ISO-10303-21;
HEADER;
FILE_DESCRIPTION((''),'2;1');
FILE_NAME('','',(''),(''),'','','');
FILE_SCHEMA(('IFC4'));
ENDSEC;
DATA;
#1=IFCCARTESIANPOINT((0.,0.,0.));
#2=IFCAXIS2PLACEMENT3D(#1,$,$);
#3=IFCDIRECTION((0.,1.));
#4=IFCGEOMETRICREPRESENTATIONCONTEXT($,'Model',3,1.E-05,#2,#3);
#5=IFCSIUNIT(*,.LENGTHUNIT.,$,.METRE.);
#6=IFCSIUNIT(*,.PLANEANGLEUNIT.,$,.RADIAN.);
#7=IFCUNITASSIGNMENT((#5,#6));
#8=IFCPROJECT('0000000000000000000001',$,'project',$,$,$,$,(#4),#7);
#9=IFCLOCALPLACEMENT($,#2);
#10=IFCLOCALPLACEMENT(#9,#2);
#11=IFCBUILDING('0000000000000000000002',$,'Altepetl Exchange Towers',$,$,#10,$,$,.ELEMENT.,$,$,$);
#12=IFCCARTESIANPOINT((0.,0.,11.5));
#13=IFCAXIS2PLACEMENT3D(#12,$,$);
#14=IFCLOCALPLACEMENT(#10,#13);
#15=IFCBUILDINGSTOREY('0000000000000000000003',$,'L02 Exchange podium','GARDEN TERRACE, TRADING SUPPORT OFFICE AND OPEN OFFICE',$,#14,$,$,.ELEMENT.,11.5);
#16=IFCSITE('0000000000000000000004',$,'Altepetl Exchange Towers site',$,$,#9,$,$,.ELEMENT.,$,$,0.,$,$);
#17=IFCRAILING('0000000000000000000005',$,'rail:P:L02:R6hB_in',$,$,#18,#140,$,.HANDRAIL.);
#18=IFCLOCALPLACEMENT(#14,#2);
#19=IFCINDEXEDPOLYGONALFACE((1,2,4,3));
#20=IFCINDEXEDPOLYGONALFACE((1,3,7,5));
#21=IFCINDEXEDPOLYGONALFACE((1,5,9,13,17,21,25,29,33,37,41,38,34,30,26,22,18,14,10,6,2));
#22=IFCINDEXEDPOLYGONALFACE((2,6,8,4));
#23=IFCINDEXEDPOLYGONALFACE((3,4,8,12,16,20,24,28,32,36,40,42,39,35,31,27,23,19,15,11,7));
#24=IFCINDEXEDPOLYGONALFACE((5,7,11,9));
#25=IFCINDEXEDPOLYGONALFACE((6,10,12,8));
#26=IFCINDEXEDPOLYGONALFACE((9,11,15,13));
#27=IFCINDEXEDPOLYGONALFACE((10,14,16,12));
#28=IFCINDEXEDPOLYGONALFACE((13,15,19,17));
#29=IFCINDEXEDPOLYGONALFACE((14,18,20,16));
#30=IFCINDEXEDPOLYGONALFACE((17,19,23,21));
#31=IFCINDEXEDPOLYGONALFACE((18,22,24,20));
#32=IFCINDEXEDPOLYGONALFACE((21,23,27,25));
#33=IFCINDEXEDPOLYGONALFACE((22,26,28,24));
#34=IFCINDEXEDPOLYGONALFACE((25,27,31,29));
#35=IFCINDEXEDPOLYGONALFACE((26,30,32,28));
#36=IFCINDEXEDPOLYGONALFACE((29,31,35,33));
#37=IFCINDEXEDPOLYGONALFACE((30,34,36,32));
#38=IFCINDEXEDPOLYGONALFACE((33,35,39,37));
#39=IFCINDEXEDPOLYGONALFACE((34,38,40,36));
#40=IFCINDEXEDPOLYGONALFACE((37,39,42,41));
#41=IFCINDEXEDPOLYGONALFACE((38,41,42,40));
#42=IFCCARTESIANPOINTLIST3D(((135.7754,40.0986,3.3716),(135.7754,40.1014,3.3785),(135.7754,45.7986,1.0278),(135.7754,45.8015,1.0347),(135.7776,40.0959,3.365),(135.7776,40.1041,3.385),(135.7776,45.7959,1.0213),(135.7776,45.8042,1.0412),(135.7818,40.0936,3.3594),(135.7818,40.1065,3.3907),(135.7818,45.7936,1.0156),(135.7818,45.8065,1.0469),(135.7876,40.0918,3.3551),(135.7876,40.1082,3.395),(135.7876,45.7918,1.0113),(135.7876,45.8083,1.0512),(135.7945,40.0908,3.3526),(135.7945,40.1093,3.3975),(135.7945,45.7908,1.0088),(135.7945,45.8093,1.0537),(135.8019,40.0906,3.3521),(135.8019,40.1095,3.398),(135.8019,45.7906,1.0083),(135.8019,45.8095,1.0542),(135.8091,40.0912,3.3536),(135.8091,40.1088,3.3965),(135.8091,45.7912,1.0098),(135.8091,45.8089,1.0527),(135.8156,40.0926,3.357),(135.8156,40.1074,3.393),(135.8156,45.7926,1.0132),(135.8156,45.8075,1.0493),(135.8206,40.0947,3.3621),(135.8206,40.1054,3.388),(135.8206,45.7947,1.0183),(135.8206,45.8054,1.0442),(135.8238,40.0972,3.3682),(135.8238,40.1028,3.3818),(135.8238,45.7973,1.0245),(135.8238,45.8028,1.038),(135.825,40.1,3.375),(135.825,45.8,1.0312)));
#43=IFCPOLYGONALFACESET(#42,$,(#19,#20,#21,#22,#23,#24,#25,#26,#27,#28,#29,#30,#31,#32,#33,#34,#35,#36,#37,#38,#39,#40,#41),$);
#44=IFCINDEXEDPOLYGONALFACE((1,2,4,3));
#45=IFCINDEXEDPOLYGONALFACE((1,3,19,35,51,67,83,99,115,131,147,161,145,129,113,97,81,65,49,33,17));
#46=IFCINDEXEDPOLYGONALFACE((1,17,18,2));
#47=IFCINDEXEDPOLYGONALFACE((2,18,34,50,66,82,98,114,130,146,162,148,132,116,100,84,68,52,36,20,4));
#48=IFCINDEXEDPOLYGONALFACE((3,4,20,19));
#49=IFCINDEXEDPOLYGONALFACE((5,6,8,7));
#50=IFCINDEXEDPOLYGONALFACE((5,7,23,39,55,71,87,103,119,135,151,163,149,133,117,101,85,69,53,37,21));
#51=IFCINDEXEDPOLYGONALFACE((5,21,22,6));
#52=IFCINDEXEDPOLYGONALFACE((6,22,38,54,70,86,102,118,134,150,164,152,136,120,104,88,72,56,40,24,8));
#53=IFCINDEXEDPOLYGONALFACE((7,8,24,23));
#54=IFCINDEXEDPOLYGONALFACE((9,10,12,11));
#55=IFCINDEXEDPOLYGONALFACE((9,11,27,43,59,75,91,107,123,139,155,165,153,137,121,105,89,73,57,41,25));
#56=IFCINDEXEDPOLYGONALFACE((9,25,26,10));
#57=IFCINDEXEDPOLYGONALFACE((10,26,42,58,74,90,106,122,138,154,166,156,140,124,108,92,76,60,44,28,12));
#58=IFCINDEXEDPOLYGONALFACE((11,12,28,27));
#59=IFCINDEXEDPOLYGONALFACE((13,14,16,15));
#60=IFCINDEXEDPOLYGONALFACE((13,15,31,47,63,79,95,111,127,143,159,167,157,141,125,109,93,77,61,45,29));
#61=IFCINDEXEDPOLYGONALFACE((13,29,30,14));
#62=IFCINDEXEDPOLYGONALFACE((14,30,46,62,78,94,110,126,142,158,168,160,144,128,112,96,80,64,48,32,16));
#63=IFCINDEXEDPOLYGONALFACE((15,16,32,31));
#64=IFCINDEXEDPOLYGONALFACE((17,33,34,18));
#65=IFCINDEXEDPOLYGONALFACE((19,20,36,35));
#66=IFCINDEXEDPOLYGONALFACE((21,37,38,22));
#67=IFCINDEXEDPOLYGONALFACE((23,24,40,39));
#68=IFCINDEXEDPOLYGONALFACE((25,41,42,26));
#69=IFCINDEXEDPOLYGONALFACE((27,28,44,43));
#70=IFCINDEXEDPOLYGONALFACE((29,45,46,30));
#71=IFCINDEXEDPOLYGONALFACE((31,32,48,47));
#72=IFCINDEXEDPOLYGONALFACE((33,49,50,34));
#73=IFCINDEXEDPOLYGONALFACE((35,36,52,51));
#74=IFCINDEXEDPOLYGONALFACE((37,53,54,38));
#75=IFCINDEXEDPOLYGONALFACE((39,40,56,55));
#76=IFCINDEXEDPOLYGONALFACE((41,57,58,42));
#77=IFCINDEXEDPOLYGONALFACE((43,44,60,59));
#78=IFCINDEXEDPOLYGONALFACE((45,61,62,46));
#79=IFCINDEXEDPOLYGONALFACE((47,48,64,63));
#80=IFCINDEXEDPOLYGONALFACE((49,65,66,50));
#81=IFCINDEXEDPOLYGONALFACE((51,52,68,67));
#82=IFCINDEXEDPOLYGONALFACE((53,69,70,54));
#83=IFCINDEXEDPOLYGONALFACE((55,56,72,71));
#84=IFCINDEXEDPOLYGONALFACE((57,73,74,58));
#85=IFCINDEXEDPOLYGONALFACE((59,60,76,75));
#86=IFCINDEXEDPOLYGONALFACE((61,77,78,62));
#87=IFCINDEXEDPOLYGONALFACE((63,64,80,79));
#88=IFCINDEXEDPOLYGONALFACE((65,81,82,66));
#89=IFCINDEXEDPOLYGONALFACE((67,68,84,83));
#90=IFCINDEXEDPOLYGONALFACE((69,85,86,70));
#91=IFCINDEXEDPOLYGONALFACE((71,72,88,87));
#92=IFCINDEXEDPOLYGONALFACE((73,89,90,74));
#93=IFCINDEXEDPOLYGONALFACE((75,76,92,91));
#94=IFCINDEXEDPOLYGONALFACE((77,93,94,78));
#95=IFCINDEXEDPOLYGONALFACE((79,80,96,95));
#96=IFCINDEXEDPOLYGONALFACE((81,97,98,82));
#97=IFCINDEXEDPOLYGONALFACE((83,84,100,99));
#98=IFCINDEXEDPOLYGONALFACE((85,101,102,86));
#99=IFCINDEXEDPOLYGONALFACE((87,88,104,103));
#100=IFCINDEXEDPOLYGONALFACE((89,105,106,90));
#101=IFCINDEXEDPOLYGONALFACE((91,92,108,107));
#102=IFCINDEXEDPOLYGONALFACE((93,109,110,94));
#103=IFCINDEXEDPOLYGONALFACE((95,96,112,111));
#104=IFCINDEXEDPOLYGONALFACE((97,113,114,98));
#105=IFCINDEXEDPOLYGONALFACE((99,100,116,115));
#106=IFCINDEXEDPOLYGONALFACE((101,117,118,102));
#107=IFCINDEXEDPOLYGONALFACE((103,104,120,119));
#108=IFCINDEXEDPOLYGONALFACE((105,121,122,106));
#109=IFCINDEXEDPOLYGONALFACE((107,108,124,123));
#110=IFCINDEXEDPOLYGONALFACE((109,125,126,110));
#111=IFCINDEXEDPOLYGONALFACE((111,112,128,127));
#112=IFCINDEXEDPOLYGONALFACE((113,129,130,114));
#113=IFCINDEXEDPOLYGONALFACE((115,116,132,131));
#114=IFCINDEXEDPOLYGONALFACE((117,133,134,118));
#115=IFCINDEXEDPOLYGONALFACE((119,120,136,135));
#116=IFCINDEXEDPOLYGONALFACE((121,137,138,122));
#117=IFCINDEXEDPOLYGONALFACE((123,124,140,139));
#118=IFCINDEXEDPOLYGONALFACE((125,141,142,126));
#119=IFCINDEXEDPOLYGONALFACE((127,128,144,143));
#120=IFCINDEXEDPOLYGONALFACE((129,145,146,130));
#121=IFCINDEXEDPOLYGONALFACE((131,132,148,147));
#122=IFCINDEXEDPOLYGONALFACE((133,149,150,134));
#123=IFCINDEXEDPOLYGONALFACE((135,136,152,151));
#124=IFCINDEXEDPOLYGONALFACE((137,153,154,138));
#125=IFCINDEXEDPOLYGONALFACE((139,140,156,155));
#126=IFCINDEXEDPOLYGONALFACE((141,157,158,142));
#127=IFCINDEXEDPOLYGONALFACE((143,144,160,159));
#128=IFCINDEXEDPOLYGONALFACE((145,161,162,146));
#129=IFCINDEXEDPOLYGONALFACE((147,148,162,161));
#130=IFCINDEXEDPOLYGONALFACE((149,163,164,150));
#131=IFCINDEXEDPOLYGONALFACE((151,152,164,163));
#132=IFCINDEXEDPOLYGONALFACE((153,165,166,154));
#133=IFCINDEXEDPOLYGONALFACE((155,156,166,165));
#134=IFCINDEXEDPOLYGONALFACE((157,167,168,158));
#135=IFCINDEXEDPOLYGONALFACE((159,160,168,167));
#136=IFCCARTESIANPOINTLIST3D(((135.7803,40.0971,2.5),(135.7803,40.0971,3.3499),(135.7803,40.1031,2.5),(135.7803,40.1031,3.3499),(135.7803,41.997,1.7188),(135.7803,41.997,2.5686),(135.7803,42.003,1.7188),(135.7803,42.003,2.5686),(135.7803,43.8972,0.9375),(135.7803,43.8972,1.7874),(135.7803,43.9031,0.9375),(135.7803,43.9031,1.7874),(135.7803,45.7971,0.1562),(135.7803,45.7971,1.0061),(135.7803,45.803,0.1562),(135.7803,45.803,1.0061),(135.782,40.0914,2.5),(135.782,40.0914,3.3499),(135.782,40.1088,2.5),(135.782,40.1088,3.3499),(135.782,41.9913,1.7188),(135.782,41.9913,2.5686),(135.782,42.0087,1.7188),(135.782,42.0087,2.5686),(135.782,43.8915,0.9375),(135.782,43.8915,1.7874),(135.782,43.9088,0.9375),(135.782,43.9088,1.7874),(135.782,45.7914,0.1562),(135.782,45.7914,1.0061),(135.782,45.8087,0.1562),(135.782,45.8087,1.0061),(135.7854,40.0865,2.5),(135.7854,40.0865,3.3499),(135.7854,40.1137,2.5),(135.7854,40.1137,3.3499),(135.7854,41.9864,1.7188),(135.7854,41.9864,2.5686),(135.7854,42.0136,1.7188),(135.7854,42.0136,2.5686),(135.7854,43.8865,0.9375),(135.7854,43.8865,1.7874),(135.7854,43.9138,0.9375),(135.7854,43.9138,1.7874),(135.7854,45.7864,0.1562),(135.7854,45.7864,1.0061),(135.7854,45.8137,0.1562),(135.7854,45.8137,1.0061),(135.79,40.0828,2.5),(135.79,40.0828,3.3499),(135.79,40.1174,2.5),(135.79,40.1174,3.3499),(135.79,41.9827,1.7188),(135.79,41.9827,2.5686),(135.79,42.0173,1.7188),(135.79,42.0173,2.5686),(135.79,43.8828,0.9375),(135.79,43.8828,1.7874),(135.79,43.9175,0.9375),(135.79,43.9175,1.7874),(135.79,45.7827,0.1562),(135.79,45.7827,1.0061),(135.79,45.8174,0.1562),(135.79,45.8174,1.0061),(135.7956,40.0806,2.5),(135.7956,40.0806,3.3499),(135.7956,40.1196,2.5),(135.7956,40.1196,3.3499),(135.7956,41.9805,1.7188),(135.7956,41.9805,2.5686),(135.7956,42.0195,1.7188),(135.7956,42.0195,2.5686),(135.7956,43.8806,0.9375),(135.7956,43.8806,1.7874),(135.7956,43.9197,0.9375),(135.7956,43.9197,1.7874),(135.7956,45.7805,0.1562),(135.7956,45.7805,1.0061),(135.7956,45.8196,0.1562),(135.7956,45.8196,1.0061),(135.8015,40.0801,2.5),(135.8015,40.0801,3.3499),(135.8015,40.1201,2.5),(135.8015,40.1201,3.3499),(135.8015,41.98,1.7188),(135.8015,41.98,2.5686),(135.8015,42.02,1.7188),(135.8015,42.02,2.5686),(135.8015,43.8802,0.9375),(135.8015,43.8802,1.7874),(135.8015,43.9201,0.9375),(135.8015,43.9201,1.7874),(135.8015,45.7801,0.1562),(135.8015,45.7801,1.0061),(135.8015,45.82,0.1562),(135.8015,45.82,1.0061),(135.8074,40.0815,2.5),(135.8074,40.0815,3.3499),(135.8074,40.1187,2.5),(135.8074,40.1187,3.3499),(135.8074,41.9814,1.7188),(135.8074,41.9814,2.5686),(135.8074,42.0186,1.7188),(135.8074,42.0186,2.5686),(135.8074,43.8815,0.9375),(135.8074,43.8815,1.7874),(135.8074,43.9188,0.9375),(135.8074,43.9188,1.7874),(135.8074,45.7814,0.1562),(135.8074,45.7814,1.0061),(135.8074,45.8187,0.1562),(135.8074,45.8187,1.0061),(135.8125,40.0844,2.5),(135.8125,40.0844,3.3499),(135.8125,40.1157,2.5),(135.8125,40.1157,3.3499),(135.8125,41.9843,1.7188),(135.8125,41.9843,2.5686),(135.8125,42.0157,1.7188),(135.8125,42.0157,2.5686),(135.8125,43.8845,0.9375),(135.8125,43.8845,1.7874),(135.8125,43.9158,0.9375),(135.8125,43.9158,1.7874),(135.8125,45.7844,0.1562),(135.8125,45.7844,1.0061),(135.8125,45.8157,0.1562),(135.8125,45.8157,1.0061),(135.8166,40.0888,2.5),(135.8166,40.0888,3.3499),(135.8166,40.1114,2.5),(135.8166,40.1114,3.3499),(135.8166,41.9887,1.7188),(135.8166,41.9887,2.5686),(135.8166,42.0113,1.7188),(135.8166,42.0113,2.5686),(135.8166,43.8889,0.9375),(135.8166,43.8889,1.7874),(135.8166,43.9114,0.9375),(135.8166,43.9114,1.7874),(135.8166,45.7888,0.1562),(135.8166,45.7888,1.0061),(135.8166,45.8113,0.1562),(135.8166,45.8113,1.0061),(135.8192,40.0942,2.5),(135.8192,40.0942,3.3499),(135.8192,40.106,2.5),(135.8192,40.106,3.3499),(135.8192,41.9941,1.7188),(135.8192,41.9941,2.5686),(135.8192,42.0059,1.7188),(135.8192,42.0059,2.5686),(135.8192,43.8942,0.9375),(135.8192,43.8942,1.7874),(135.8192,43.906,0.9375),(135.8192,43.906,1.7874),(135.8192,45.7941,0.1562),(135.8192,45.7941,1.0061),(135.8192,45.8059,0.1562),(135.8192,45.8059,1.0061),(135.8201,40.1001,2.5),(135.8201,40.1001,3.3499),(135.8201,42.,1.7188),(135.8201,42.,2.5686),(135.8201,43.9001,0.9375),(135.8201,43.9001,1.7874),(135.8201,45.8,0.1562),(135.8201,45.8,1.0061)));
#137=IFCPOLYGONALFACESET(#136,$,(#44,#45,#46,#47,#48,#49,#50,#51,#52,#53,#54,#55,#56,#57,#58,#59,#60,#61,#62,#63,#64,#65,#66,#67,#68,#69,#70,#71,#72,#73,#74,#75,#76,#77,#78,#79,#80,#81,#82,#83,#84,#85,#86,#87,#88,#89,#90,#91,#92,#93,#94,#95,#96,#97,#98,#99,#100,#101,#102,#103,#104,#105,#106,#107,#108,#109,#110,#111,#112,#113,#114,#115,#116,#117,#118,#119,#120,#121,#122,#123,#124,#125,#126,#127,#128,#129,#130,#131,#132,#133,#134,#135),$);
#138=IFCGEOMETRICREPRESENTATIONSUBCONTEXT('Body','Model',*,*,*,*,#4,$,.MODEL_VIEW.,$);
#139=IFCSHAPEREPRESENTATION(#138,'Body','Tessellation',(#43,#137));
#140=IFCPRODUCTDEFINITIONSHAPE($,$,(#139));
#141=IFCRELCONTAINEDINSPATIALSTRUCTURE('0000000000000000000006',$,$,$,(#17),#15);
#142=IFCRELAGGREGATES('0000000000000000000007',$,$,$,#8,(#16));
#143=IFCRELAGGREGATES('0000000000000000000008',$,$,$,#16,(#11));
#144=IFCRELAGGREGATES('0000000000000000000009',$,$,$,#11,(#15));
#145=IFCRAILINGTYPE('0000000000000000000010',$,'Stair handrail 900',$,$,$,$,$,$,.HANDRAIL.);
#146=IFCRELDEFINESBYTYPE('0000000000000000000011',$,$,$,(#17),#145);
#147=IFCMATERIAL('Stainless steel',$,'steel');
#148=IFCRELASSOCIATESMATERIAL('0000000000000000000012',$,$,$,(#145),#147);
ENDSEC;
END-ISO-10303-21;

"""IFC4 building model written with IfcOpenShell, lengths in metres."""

from ifc_helpers import new_model, si_unit, direction, frame, origin, origin_2d, place, context, subcontext, project, spatial, circle, extrude, source, transform, mapped, material, type_object, element, save


model = new_model("IFC4")

# Units and contexts
model_context = context("Model", 3, precision=1e-05, world=origin(), true_north=direction((0.0, 1.0)))
body_context = subcontext(model_context, "Body", "Model", "MODEL_VIEW")
ifc_project = project(units=[si_unit("LENGTHUNIT", "METRE"), si_unit("PLANEANGLEUNIT", "RADIAN")], contexts=[model_context])

# Site, building, storey
site_placement = place(None, origin())
site = spatial("IfcSite", under=ifc_project, at=site_placement, Name="Altepetl Exchange Towers site", CompositionType="ELEMENT", RefElevation=0.0)
building_placement = place(site_placement, origin())
building = spatial("IfcBuilding", under=site, at=building_placement, Name="Altepetl Exchange Towers", CompositionType="ELEMENT")
storey_placement = place(building_placement, frame((0.0, 0.0, 11.5)))
storey = spatial("IfcBuildingStorey", under=building, at=storey_placement, Name="L02 Exchange podium", Description="GARDEN TERRACE, TRADING SUPPORT OFFICE AND OPEN OFFICE", CompositionType="ELEMENT", Elevation=11.5)

# Railing
ifc_material_1 = material(Name="Stainless steel", Category="steel")
railing_type_1 = type_object("IfcRailingType", Name="Stair handrail 900", PredefinedType="HANDRAIL", material=ifc_material_1)
shared_shape_1 = source(origin(), body_context, "Body", "SweptSolid", [
    extrude(circle(Radius=0.02, at=origin_2d()), origin(), (0.0, 0.0, 1.0), 0.8499),
])
for number, where, name in (
    (1, (135.8, 45.8, 0.1562), "rail:P:L02:R6hB_in"),
):
    element("IfcRailing", number, at=place(storey_placement, frame(where)), inside=storey, type_object=railing_type_1, Name=name, PredefinedType="HANDRAIL", context=body_context, shape_type="SweptSolid", body=[
        extrude(circle(Radius=0.0249, at=origin_2d()), frame((0.0, 0.0, 0.875), z_axis=(0.0, -0.924866, 0.380293), x_axis=(1.0, 0.0, 0.0)), (0.0, 0.0, 1.0), 6.1631),
        mapped(shared_shape_1, transform((0.0, 0.0, 0.0))),
        mapped(shared_shape_1, transform((0.0, -1.8999, 0.7812))),
        mapped(shared_shape_1, transform((0.0, -3.8, 1.5625))),
        mapped(shared_shape_1, transform((0.0, -5.7, 2.3438))),
    ])

save(model, "model.ifc")
